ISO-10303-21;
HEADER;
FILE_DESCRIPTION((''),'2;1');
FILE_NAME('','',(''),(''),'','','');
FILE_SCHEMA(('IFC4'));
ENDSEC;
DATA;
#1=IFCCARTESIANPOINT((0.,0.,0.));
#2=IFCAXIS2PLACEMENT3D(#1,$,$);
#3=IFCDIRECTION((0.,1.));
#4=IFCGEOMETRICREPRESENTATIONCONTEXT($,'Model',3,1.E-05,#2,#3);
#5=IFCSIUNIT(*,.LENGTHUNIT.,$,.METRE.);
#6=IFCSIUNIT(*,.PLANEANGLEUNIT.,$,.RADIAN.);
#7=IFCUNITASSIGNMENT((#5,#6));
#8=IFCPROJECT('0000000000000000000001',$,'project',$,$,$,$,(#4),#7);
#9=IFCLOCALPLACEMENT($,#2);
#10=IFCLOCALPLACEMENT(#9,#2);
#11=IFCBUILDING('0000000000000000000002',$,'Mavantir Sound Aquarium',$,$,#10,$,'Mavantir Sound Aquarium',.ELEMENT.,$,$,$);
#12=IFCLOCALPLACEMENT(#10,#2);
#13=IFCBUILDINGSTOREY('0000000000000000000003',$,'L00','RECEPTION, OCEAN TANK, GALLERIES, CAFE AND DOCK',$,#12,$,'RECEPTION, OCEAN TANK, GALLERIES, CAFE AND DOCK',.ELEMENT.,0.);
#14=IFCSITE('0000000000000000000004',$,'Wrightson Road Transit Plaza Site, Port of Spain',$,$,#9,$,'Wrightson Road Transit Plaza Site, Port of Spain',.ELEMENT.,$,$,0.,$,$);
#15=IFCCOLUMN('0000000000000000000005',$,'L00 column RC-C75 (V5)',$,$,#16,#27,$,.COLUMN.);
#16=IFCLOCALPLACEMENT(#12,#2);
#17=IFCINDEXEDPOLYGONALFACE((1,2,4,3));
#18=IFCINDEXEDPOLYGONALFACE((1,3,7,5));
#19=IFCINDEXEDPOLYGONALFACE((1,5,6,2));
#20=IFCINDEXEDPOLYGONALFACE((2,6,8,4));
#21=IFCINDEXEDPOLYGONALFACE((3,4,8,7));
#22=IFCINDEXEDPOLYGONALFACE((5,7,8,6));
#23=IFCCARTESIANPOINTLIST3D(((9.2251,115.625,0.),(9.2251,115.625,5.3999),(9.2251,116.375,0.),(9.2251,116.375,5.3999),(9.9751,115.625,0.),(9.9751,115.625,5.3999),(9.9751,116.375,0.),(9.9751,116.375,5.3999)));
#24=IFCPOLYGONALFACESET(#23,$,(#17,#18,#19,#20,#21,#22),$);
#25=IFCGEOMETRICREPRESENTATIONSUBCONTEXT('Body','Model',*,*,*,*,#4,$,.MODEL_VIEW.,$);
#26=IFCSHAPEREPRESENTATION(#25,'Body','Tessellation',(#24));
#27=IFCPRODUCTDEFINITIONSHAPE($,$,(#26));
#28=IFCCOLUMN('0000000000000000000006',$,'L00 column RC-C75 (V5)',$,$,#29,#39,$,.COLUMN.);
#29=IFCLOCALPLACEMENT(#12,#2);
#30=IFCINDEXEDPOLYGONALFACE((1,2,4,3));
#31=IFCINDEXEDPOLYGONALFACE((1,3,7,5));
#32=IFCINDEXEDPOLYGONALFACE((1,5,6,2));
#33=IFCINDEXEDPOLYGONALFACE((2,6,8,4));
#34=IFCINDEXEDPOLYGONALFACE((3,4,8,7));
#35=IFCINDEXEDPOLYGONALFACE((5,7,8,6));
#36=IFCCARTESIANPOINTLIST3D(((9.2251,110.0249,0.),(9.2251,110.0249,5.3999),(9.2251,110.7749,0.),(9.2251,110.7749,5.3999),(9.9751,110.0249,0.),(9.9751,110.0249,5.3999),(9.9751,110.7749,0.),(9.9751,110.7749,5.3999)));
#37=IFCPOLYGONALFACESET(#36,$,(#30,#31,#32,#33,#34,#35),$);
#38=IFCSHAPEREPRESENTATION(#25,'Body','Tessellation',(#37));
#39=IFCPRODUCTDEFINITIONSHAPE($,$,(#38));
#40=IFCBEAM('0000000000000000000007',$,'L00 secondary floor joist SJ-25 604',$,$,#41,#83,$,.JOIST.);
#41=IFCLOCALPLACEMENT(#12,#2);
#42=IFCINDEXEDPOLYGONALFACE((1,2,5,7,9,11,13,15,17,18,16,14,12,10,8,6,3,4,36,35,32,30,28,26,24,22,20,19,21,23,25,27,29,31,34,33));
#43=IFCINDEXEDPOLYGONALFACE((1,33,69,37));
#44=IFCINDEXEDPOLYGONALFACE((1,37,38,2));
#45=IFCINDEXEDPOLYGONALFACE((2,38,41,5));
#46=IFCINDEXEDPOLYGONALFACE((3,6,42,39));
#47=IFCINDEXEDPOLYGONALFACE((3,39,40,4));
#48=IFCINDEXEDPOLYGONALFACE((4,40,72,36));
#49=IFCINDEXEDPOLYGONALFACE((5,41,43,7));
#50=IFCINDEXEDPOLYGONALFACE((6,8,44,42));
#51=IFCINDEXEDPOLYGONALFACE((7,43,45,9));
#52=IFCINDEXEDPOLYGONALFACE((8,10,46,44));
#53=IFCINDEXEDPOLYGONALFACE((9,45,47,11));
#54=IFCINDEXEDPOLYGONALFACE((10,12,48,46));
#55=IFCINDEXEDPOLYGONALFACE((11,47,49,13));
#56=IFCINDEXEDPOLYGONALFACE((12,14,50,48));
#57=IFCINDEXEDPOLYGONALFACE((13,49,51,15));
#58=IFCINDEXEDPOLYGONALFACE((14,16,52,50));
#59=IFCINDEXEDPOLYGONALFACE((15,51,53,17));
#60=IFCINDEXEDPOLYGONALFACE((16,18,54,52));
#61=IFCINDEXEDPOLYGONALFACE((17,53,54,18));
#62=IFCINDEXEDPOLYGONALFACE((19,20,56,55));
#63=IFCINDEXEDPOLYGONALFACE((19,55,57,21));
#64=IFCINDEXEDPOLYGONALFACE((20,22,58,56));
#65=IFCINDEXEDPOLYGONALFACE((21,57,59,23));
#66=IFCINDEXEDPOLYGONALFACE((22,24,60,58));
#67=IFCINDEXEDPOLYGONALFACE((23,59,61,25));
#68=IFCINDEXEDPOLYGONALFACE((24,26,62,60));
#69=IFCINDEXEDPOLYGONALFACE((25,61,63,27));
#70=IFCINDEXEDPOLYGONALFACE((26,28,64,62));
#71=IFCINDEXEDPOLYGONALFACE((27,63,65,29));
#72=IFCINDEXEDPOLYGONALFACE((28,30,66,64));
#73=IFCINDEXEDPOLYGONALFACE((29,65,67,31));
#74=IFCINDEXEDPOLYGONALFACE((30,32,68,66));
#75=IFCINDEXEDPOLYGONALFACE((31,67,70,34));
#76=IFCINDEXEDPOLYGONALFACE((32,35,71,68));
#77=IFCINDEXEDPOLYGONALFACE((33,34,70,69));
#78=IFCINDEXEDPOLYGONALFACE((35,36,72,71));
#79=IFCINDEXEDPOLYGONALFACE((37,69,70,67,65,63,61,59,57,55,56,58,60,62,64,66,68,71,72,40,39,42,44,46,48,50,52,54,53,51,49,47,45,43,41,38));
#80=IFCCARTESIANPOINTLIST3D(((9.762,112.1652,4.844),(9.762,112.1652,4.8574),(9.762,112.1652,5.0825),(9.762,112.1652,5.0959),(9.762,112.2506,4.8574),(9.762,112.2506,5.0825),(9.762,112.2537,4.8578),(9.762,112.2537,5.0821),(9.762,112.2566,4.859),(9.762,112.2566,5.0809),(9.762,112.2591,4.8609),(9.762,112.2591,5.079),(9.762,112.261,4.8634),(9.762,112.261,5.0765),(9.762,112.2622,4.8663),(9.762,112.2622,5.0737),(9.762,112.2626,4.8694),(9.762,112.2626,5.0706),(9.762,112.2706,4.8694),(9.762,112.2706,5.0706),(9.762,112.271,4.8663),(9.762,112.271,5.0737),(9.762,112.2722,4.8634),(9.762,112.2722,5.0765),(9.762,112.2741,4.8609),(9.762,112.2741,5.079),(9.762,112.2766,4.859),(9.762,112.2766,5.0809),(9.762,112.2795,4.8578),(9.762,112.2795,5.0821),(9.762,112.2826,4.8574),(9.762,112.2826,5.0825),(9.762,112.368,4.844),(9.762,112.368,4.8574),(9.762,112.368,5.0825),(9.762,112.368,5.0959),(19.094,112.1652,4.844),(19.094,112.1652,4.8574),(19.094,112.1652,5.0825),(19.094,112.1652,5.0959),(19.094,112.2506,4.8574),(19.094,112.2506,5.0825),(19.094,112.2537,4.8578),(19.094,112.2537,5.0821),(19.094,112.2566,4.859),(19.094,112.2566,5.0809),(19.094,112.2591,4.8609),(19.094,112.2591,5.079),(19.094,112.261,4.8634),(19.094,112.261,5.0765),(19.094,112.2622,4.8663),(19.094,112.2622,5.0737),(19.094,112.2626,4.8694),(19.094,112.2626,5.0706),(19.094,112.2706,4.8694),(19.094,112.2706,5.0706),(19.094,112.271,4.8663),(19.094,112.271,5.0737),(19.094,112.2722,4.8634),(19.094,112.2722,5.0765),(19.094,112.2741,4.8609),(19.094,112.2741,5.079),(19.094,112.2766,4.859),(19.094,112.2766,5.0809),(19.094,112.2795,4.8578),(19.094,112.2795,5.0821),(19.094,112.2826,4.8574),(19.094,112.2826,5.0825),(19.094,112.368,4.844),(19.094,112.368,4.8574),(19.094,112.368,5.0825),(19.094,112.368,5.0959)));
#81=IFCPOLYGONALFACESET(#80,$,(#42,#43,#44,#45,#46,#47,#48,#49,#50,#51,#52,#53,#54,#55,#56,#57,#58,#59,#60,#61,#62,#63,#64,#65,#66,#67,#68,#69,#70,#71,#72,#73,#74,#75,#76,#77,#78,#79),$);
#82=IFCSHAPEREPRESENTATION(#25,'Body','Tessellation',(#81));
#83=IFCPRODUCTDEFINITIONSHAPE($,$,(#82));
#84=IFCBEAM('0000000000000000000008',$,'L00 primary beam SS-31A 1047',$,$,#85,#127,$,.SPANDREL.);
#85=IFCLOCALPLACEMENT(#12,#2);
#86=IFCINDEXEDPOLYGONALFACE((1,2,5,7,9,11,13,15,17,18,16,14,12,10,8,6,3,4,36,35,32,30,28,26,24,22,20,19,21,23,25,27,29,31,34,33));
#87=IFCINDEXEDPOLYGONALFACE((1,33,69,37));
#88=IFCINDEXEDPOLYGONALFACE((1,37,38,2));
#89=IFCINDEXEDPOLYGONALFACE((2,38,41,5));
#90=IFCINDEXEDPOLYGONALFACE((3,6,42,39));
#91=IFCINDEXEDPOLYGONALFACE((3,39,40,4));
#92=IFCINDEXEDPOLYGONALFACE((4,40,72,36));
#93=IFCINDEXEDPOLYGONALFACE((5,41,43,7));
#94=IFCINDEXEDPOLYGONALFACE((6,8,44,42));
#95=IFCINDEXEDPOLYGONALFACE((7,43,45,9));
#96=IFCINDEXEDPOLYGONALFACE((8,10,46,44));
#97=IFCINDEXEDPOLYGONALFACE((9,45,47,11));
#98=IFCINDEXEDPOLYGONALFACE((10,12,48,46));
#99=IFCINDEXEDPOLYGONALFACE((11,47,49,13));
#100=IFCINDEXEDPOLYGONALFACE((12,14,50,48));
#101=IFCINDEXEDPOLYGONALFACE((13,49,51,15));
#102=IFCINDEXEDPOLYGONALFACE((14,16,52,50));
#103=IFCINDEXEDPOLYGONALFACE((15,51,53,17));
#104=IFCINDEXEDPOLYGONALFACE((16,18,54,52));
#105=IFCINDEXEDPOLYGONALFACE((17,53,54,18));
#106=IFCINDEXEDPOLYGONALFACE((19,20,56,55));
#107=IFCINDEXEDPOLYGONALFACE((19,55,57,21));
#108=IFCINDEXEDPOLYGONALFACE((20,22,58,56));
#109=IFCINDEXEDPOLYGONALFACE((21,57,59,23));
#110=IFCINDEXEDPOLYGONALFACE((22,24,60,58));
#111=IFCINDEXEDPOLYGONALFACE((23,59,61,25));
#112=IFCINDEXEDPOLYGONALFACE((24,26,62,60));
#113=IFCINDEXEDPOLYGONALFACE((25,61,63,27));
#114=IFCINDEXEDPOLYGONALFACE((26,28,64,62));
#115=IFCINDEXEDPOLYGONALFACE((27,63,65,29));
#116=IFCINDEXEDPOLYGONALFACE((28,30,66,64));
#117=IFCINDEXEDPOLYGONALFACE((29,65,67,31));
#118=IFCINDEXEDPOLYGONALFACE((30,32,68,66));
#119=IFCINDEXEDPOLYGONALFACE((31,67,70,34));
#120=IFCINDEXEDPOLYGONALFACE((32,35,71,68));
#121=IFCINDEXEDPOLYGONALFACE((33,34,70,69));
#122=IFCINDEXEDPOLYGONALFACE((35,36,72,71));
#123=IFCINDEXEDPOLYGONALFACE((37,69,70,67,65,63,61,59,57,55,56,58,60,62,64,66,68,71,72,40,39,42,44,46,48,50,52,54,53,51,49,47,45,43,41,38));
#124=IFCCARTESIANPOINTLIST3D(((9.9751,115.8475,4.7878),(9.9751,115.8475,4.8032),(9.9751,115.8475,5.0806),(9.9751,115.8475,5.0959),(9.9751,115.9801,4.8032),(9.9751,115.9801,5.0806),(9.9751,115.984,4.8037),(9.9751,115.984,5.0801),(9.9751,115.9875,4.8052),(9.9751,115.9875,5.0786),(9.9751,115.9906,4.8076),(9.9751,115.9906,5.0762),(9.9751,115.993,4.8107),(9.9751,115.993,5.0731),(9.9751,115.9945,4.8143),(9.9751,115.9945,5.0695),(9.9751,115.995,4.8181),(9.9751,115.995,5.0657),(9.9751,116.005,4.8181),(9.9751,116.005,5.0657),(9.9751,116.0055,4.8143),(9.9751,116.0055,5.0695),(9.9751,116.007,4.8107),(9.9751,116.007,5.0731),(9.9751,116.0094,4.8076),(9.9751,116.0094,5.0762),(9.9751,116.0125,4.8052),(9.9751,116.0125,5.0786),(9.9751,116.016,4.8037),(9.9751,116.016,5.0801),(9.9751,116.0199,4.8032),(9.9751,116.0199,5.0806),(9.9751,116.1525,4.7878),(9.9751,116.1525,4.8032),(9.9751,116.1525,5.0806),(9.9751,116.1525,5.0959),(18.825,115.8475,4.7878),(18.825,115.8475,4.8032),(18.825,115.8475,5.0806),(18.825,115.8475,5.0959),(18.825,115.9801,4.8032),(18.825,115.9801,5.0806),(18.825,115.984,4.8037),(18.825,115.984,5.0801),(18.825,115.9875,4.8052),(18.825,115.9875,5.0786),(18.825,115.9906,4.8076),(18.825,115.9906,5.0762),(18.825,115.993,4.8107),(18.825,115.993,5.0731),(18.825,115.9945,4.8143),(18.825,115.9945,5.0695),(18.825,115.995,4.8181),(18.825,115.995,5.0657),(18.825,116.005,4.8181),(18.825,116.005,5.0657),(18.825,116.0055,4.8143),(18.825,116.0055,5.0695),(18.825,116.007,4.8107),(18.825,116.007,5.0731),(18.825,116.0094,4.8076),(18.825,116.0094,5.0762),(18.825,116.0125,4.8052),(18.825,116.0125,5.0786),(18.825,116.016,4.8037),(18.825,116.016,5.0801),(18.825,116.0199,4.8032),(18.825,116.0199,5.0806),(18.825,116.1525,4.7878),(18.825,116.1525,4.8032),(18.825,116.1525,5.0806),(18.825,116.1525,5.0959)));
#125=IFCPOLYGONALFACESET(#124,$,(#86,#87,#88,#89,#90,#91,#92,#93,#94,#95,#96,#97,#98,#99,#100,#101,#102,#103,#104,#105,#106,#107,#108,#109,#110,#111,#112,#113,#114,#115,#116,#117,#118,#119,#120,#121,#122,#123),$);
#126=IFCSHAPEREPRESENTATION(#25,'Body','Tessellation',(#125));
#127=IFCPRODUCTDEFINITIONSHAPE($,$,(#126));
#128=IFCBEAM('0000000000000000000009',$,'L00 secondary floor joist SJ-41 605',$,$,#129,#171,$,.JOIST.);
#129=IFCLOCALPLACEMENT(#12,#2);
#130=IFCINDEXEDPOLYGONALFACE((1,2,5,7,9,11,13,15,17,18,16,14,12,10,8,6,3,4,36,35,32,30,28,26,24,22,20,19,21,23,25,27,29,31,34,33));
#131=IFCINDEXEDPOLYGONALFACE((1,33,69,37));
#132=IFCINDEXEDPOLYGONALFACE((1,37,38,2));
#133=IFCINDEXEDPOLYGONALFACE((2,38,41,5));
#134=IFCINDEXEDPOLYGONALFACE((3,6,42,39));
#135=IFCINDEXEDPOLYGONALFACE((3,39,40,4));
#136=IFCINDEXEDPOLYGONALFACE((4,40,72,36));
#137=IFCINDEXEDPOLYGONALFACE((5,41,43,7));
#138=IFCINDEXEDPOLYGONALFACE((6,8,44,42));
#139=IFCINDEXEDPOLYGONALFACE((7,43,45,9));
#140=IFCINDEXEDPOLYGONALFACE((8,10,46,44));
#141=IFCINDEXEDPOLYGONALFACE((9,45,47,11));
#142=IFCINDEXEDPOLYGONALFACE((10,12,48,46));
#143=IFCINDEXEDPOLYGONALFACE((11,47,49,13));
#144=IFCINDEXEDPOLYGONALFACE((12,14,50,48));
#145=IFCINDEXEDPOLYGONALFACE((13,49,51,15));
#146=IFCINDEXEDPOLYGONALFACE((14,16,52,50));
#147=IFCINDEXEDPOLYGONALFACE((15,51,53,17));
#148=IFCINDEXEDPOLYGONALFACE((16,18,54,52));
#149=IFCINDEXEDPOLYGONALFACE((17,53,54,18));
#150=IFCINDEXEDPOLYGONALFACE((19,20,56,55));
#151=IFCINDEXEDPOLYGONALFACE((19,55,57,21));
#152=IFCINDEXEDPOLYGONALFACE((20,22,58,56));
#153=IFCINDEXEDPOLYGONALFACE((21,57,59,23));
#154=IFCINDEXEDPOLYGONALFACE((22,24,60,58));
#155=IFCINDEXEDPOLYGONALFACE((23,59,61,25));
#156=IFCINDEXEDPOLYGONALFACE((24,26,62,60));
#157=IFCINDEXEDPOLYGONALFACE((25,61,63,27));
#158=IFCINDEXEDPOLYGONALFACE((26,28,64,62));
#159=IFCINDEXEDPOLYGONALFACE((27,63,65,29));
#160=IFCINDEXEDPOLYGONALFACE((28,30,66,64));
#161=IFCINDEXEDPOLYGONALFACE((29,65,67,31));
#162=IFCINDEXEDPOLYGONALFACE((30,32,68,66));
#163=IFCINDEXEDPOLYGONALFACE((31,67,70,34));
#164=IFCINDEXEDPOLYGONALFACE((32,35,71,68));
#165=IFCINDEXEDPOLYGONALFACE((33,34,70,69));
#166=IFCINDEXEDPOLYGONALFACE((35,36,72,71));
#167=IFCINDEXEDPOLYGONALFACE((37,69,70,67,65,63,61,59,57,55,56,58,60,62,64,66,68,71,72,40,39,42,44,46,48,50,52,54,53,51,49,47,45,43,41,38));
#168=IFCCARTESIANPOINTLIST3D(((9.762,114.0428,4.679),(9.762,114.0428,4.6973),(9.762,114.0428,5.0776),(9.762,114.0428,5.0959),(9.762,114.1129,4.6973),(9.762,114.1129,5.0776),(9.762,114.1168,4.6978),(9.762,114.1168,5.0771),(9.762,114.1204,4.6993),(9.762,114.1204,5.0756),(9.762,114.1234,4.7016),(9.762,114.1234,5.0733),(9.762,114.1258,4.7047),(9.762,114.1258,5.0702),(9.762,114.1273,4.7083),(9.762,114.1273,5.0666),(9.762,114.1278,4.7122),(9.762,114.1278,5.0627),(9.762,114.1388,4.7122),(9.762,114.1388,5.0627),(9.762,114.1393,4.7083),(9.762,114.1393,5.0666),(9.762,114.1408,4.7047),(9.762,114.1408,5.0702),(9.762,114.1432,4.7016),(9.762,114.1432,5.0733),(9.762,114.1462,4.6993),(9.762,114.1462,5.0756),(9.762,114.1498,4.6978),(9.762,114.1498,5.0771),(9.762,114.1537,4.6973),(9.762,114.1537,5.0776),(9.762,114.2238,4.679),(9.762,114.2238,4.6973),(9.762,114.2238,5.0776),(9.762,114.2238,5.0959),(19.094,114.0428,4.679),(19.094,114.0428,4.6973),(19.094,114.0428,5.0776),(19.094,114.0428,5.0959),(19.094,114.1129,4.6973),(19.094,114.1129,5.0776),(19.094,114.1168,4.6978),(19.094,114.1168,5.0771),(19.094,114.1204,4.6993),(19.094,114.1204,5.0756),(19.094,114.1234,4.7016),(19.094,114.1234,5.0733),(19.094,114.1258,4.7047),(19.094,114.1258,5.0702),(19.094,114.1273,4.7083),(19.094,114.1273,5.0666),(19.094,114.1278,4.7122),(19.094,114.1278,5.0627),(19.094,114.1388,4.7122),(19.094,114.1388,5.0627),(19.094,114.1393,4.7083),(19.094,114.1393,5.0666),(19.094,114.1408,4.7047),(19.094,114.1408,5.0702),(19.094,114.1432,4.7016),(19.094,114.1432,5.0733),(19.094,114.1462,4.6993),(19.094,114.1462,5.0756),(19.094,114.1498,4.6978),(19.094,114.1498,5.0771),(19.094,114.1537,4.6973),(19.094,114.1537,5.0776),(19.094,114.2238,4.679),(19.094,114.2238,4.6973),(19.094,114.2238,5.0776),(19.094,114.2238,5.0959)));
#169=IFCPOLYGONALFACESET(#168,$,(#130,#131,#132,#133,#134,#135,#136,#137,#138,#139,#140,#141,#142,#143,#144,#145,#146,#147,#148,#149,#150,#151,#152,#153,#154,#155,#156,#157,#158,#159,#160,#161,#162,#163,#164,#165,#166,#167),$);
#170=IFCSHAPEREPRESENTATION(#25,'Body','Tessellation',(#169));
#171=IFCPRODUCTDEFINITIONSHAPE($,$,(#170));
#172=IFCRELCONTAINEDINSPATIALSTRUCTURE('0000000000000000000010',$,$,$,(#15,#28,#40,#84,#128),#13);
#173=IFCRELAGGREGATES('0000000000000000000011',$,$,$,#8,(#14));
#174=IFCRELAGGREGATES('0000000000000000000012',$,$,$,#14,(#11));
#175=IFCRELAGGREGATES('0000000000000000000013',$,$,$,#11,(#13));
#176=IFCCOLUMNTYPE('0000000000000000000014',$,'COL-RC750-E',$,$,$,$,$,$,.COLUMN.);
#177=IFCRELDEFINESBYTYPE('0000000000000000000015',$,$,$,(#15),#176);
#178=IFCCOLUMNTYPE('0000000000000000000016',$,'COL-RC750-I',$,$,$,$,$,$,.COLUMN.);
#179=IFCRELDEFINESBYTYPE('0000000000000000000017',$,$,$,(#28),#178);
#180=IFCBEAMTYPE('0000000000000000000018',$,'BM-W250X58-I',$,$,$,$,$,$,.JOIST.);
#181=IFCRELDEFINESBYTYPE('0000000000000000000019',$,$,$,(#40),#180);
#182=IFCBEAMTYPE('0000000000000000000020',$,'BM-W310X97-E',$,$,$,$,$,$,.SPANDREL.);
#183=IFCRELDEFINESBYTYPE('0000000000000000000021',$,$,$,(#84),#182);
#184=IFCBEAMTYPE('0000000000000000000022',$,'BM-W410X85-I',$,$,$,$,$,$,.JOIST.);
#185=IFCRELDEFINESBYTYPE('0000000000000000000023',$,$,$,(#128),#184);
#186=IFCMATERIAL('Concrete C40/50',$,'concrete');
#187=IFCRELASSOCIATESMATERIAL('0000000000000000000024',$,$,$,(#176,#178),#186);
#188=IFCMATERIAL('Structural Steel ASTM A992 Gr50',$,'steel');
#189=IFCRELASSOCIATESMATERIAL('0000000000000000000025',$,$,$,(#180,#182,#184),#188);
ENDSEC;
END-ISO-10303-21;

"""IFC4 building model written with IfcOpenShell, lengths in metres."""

from ifc_helpers import new_model, si_unit, direction, frame, origin, origin_2d, place, context, subcontext, project, spatial, rectangle, i_section, extrude, material, material_profile, profile_set, type_object, element, save


model = new_model("IFC4")

# Units and contexts
model_context = context("Model", 3, precision=1e-05, world=origin(), true_north=direction((0.0, 1.0)))
body_context = subcontext(model_context, "Body", "Model", "MODEL_VIEW")
ifc_project = project(units=[si_unit("LENGTHUNIT", "METRE"), si_unit("PLANEANGLEUNIT", "RADIAN")], contexts=[model_context])

# Site, building, storey
site_placement = place(None, origin())
site = spatial("IfcSite", under=ifc_project, at=site_placement, Name="Wrightson Road Transit Plaza Site, Port of Spain", LongName="Wrightson Road Transit Plaza Site, Port of Spain", CompositionType="ELEMENT", RefElevation=0.0)
building_placement = place(site_placement, origin())
building = spatial("IfcBuilding", under=site, at=building_placement, Name="Mavantir Sound Aquarium", LongName="Mavantir Sound Aquarium", CompositionType="ELEMENT")
storey_placement = place(building_placement, origin())
storey = spatial("IfcBuildingStorey", under=building, at=storey_placement, Name="L00", Description="RECEPTION, OCEAN TANK, GALLERIES, CAFE AND DOCK", LongName="RECEPTION, OCEAN TANK, GALLERIES, CAFE AND DOCK", CompositionType="ELEMENT", Elevation=0.0)

# Columns
ifc_material_1 = material(Name="Concrete C40/50", Category="concrete")
ifc_material_profile_1 = material_profile(ifc_material_1, rectangle(XDim=0.75, YDim=0.75, at=origin_2d()), Name="RC 750X750")
ifc_profile_set_1 = profile_set([ifc_material_profile_1], Name="Concrete C40/50")
column_type_1 = type_object("IfcColumnType", Name="COL-RC750-E", PredefinedType="COLUMN", material=ifc_profile_set_1)
column_1_placement = place(storey_placement, frame((9.6001, 116.0, 0.0), z_axis=(0.0, 0.0, 1.0), x_axis=(1.0, 0.0, 0.0)))
element("IfcColumn", 1, at=column_1_placement, inside=storey, type_object=column_type_1, Name="L00 column RC-C75 (V5)", PredefinedType="COLUMN", context=body_context, shape_type="SweptSolid", body=[
    extrude(rectangle(XDim=0.75, YDim=0.75, at=origin_2d()), origin(), (0.0, 0.0, 1.0), 5.3999),
])
ifc_material_profile_2 = material_profile(ifc_material_1, rectangle(XDim=0.75, YDim=0.75, at=origin_2d()), Name="RC 750X750")
ifc_profile_set_2 = profile_set([ifc_material_profile_2], Name="Concrete C40/50")
column_type_2 = type_object("IfcColumnType", Name="COL-RC750-I", PredefinedType="COLUMN", material=ifc_profile_set_2)
column_2_placement = place(storey_placement, frame((9.6001, 110.3999, 0.0), z_axis=(0.0, 0.0, 1.0), x_axis=(1.0, 0.0, 0.0)))
element("IfcColumn", 2, at=column_2_placement, inside=storey, type_object=column_type_2, Name="L00 column RC-C75 (V5)", PredefinedType="COLUMN", context=body_context, shape_type="SweptSolid", body=[
    extrude(rectangle(XDim=0.75, YDim=0.75, at=origin_2d()), origin(), (0.0, 0.0, 1.0), 5.3999),
])

# Beams
ifc_material_2 = material(Name="Structural Steel ASTM A992 Gr50", Category="steel")
ifc_material_profile_3 = material_profile(ifc_material_2, i_section(OverallWidth=0.2029, OverallDepth=0.252, WebThickness=0.0081, FlangeThickness=0.0134, FilletRadius=0.012, at=origin_2d()), Name="W250X58")
ifc_profile_set_3 = profile_set([ifc_material_profile_3], Name="Structural Steel ASTM A992 Gr50")
beam_type_1 = type_object("IfcBeamType", Name="BM-W250X58-I", PredefinedType="JOIST", material=ifc_profile_set_3)
beam_1_placement = place(storey_placement, frame((9.762, 112.2666, 4.97), z_axis=(1.0, 0.0, 0.0), x_axis=(0.0, 1.0, 0.0)))
element("IfcBeam", 3, at=beam_1_placement, inside=storey, type_object=beam_type_1, Name="L00 secondary floor joist SJ-25 604", PredefinedType="JOIST", context=body_context, shape_type="SweptSolid", body=[
    extrude(i_section(OverallWidth=0.2029, OverallDepth=0.252, WebThickness=0.0081, FlangeThickness=0.0134, FilletRadius=0.012, at=origin_2d()), origin(), (0.0, 0.0, 1.0), 9.332),
])
ifc_material_profile_4 = material_profile(ifc_material_2, i_section(OverallWidth=0.3049, OverallDepth=0.3081, WebThickness=0.01, FlangeThickness=0.0154, FilletRadius=0.0149, at=origin_2d()), Name="W310X97")
ifc_profile_set_4 = profile_set([ifc_material_profile_4], Name="Structural Steel ASTM A992 Gr50")
beam_type_2 = type_object("IfcBeamType", Name="BM-W310X97-E", PredefinedType="SPANDREL", material=ifc_profile_set_4)
beam_2_placement = place(storey_placement, frame((9.9751, 116.0, 4.9419), z_axis=(1.0, 0.0, 0.0), x_axis=(0.0, 1.0, 0.0)))
element("IfcBeam", 4, at=beam_2_placement, inside=storey, type_object=beam_type_2, Name="L00 primary beam SS-31A 1047", PredefinedType="SPANDREL", context=body_context, shape_type="SweptSolid", body=[
    extrude(i_section(OverallWidth=0.3049, OverallDepth=0.3081, WebThickness=0.01, FlangeThickness=0.0154, FilletRadius=0.0149, at=origin_2d()), origin(), (0.0, 0.0, 1.0), 8.8499),
])
ifc_material_profile_5 = material_profile(ifc_material_2, i_section(OverallWidth=0.1809, OverallDepth=0.417, WebThickness=0.011, FlangeThickness=0.0183, FilletRadius=0.0149, at=origin_2d()), Name="W410X85")
ifc_profile_set_5 = profile_set([ifc_material_profile_5], Name="Structural Steel ASTM A992 Gr50")
beam_type_3 = type_object("IfcBeamType", Name="BM-W410X85-I", PredefinedType="JOIST", material=ifc_profile_set_5)
beam_3_placement = place(storey_placement, frame((9.762, 114.1333, 4.8875), z_axis=(1.0, 0.0, 0.0), x_axis=(0.0, 1.0, 0.0)))
element("IfcBeam", 5, at=beam_3_placement, inside=storey, type_object=beam_type_3, Name="L00 secondary floor joist SJ-41 605", PredefinedType="JOIST", context=body_context, shape_type="SweptSolid", body=[
    extrude(i_section(OverallWidth=0.1809, OverallDepth=0.417, WebThickness=0.011, FlangeThickness=0.0183, FilletRadius=0.0149, at=origin_2d()), origin(), (0.0, 0.0, 1.0), 9.332),
])

save(model, "model.ifc")
